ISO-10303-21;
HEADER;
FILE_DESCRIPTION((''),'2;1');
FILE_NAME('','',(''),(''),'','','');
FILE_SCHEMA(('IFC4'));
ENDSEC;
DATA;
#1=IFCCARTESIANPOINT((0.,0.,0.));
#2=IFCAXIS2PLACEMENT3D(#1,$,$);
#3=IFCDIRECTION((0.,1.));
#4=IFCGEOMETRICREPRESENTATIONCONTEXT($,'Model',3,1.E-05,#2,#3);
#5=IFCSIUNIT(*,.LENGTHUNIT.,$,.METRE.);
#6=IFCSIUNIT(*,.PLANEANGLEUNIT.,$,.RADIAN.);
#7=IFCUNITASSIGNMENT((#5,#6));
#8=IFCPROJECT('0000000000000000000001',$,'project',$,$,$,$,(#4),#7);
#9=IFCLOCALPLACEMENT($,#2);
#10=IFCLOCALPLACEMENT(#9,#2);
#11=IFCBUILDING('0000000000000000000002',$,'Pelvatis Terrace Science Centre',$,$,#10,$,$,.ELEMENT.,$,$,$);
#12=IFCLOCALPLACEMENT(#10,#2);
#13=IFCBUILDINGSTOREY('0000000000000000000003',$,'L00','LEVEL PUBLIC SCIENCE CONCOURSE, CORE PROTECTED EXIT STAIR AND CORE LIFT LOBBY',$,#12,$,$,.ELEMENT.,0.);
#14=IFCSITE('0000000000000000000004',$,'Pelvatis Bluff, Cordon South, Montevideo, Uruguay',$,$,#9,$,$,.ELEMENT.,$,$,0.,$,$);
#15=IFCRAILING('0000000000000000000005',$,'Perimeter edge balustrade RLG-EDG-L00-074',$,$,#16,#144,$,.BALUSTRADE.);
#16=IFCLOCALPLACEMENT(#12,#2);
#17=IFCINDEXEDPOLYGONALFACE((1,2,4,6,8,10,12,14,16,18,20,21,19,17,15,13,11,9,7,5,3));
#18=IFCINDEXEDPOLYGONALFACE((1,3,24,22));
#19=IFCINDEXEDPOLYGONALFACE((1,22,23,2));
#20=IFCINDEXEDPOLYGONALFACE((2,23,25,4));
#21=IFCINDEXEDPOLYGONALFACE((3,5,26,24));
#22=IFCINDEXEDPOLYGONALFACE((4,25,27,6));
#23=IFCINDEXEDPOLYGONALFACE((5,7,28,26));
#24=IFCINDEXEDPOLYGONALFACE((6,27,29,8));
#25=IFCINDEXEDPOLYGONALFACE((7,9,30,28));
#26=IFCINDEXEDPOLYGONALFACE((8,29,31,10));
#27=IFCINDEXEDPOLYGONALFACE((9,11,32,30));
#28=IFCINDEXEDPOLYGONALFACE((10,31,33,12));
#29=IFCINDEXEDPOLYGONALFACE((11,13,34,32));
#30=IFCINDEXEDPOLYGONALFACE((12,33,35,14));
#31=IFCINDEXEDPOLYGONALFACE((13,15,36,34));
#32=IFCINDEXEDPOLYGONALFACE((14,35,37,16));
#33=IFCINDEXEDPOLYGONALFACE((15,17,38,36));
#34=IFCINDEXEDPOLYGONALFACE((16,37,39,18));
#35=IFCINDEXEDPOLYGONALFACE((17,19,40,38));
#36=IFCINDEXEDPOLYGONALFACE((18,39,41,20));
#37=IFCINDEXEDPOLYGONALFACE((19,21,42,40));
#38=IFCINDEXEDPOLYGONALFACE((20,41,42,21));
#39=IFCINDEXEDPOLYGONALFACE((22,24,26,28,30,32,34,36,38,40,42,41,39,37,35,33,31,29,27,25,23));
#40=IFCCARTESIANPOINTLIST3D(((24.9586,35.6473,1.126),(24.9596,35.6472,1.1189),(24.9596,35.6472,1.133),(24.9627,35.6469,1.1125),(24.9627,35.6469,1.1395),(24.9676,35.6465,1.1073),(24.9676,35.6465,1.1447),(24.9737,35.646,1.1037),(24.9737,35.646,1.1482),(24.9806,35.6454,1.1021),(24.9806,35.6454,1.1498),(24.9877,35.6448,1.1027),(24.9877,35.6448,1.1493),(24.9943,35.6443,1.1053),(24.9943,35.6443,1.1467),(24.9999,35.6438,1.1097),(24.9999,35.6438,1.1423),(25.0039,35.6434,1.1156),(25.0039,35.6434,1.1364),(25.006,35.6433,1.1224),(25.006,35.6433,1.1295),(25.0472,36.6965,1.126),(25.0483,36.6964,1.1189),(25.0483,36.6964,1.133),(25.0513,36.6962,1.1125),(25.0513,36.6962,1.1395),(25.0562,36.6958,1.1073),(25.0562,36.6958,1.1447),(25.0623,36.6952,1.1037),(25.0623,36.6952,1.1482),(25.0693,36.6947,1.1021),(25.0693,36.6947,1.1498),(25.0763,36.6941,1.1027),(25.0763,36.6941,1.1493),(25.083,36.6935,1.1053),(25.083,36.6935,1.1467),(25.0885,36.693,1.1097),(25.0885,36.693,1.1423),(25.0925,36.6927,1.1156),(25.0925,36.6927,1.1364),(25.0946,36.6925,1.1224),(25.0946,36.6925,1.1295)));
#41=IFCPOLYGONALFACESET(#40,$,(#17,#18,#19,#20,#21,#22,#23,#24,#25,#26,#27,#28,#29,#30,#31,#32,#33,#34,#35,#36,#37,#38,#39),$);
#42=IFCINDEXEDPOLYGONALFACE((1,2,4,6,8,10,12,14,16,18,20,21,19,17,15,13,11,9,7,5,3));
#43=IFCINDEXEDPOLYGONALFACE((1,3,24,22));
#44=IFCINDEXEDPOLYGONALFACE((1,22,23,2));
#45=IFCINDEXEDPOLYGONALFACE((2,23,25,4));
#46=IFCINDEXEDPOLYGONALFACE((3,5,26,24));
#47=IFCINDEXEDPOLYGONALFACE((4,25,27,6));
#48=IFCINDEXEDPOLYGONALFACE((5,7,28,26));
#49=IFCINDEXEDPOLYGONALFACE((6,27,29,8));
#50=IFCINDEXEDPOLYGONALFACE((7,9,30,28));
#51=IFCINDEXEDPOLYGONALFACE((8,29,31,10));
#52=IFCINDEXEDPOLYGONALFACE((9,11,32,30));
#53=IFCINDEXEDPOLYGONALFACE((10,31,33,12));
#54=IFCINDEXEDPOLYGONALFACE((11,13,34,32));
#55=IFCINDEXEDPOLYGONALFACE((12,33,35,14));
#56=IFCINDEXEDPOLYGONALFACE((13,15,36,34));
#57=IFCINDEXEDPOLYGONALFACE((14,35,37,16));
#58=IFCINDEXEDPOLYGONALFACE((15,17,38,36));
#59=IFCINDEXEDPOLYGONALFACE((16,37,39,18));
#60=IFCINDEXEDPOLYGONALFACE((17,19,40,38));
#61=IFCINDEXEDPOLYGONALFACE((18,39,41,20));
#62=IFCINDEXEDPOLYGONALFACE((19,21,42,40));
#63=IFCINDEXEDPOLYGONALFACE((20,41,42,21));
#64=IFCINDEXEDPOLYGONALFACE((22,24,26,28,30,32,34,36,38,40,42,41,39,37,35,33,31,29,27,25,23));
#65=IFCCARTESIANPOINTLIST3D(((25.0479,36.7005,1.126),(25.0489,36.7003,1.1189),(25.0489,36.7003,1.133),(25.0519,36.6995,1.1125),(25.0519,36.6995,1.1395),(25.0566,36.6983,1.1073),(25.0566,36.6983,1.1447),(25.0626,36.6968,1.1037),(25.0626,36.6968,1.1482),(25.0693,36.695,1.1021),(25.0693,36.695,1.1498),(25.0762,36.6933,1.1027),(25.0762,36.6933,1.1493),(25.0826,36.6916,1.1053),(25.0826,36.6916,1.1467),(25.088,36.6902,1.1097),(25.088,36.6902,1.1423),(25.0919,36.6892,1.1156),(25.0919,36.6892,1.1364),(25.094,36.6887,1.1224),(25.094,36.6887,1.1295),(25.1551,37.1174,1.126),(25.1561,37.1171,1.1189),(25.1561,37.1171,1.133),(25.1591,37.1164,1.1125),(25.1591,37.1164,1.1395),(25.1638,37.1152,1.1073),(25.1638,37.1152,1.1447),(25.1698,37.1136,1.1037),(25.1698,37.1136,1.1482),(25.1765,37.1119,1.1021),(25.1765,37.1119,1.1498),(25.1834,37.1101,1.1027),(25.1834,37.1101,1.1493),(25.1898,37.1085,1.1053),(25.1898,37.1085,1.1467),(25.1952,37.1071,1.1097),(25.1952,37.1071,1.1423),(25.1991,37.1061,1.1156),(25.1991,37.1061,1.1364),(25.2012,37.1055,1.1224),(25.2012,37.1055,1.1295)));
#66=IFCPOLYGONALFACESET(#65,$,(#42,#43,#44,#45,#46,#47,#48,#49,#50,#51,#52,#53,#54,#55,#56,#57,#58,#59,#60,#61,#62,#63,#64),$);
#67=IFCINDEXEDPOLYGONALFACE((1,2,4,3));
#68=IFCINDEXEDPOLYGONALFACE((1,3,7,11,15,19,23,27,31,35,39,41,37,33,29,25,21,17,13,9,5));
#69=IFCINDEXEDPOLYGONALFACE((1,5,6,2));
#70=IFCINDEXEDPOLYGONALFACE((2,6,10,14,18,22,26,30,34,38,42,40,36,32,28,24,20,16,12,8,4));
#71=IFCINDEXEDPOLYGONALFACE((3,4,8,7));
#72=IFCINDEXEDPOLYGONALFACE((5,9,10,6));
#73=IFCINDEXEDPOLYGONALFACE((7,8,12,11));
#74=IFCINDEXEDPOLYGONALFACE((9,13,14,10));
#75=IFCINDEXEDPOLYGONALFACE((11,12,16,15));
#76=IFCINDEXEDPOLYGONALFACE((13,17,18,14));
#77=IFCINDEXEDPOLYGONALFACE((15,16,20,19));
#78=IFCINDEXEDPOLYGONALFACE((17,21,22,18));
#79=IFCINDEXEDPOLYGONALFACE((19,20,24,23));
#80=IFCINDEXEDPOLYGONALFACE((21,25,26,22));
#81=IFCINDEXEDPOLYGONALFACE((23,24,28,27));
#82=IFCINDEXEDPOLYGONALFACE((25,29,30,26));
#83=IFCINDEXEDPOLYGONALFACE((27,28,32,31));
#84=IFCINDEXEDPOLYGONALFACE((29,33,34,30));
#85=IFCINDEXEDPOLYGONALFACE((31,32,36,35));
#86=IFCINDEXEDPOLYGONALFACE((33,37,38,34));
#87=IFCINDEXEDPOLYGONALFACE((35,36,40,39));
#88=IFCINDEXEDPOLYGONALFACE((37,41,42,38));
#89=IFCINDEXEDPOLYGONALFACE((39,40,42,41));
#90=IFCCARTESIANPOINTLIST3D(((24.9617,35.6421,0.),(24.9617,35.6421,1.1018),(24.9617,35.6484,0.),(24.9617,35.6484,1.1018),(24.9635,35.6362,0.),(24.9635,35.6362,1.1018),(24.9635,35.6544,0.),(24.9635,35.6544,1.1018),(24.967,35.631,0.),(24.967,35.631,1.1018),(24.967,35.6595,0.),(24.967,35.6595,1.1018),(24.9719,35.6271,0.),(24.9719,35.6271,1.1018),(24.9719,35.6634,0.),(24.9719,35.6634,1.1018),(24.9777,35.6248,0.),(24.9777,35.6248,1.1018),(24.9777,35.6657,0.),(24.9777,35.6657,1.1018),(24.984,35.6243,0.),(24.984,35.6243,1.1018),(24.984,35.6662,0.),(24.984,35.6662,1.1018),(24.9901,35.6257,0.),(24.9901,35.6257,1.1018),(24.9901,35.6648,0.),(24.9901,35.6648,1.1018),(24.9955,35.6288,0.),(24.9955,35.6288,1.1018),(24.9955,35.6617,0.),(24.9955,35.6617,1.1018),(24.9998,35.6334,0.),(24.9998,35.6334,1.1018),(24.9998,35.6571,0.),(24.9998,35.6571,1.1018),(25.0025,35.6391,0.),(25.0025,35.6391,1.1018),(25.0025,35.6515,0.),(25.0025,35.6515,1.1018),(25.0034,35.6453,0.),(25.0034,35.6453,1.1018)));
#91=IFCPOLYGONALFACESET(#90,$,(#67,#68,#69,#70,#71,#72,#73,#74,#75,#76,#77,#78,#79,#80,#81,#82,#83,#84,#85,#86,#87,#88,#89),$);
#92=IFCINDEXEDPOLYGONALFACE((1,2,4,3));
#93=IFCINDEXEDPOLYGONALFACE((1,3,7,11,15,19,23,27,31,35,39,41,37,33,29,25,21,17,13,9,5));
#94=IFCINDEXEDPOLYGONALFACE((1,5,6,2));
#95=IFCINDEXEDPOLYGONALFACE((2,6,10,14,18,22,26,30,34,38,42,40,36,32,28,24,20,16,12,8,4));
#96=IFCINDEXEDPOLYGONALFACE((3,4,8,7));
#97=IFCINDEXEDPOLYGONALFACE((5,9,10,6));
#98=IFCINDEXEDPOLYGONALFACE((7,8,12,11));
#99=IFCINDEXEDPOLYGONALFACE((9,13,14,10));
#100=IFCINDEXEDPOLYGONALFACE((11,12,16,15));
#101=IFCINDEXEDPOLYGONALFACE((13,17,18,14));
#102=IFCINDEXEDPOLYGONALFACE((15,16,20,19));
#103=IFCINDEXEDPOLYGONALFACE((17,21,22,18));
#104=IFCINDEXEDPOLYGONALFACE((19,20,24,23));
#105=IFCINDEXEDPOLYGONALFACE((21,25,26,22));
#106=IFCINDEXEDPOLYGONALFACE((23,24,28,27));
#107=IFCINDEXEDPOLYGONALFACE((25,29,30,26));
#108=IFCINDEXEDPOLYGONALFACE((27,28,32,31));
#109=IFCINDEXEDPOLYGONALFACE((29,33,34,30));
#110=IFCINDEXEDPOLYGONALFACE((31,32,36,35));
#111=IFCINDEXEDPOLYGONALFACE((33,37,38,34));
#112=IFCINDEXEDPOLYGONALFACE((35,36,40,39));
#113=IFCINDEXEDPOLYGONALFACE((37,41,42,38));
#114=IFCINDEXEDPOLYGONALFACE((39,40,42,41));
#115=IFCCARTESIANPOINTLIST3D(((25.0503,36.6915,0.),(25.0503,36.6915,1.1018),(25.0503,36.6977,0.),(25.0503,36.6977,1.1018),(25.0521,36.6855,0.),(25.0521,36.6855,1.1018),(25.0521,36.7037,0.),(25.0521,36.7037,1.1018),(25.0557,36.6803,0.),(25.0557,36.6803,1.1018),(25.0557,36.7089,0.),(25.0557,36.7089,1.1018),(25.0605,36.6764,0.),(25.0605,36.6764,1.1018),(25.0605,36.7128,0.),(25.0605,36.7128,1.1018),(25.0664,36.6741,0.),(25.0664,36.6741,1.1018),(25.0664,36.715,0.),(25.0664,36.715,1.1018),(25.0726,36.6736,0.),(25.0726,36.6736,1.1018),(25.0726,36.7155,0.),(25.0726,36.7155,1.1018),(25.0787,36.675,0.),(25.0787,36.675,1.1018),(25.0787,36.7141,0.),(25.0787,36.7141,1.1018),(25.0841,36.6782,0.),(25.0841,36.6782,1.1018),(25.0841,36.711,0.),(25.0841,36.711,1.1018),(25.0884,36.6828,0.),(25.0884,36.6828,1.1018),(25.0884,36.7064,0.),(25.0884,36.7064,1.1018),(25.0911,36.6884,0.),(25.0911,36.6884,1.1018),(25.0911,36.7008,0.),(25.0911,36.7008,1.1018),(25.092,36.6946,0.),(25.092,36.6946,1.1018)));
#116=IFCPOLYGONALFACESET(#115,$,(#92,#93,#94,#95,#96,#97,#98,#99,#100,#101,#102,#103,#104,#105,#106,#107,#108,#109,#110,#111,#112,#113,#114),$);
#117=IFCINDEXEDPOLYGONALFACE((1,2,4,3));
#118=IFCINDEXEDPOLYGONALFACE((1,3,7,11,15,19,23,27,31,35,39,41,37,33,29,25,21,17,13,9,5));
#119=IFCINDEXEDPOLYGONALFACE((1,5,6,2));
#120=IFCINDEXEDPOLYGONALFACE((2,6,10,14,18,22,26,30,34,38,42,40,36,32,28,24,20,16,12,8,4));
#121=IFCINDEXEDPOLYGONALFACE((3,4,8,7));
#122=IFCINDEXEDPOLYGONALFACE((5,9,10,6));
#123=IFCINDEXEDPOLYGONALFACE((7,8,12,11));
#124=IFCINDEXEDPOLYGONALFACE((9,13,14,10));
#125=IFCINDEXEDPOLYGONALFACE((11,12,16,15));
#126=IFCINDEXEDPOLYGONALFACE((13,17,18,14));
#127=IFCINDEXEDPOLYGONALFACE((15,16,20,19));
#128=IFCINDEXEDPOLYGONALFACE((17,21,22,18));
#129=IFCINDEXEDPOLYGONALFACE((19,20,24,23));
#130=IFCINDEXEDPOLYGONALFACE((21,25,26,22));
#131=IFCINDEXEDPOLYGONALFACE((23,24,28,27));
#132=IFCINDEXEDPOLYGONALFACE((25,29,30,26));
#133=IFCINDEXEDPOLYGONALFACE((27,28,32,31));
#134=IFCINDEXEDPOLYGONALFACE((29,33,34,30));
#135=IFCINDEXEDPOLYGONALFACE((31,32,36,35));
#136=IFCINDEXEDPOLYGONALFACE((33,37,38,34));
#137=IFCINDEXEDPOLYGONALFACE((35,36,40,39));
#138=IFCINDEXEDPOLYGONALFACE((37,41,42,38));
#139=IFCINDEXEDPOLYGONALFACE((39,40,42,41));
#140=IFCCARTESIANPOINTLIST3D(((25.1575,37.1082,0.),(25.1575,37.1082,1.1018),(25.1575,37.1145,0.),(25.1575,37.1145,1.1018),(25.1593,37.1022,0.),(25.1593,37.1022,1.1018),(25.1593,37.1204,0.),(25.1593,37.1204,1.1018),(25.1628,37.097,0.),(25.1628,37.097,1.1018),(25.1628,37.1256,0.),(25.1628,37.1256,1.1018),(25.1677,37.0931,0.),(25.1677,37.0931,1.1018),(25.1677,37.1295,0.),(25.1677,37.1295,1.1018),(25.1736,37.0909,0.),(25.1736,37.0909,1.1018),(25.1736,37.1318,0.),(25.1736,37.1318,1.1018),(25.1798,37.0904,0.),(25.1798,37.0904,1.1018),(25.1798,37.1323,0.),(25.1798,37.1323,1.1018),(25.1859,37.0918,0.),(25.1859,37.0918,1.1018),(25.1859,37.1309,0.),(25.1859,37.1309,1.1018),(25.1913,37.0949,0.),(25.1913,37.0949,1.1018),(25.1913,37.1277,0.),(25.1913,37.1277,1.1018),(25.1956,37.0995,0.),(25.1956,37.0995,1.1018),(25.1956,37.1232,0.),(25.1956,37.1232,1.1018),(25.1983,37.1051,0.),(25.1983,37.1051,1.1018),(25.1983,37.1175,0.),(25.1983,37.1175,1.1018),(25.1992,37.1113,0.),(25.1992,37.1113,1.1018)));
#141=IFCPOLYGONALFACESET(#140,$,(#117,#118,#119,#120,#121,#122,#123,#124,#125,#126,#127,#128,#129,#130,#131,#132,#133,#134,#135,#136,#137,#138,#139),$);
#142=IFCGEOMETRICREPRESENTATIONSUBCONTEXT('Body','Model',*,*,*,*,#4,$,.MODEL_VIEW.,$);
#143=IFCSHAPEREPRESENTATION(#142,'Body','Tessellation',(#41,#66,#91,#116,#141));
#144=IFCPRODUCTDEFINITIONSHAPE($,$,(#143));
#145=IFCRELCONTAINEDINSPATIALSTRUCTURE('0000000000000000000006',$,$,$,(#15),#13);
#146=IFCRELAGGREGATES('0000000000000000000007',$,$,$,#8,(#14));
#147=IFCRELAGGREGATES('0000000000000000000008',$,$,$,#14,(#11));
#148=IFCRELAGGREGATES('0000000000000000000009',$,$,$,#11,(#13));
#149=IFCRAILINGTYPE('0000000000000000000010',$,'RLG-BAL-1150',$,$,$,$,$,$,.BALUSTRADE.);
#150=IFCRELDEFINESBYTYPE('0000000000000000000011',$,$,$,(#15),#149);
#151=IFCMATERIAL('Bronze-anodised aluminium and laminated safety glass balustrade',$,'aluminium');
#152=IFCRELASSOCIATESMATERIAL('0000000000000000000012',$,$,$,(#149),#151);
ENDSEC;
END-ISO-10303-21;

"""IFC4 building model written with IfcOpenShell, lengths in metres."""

from ifc_helpers import new_model, si_unit, direction, frame, origin, origin_2d, place, context, subcontext, project, spatial, circle, extrude, material, type_object, element, save


model = new_model("IFC4")

# Units and contexts
model_context = context("Model", 3, precision=1e-05, world=origin(), true_north=direction((0.0, 1.0)))
body_context = subcontext(model_context, "Body", "Model", "MODEL_VIEW")
ifc_project = project(units=[si_unit("LENGTHUNIT", "METRE"), si_unit("PLANEANGLEUNIT", "RADIAN")], contexts=[model_context])

# Site, building, storey
site_placement = place(None, origin())
site = spatial("IfcSite", under=ifc_project, at=site_placement, Name="Pelvatis Bluff, Cordon South, Montevideo, Uruguay", CompositionType="ELEMENT", RefElevation=0.0)
building_placement = place(site_placement, origin())
building = spatial("IfcBuilding", under=site, at=building_placement, Name="Pelvatis Terrace Science Centre", CompositionType="ELEMENT")
storey_placement = place(building_placement, origin())
storey = spatial("IfcBuildingStorey", under=building, at=storey_placement, Name="L00", Description="LEVEL PUBLIC SCIENCE CONCOURSE, CORE PROTECTED EXIT STAIR AND CORE LIFT LOBBY", CompositionType="ELEMENT", Elevation=0.0)

# Railing
ifc_material_1 = material(Name="Bronze-anodised aluminium and laminated safety glass balustrade", Category="aluminium")
railing_type = type_object("IfcRailingType", Name="RLG-BAL-1150", PredefinedType="BALUSTRADE", material=ifc_material_1)
railing_placement = place(storey_placement, frame((24.9824, 35.6453, 0.0)))
element("IfcRailing", 1, at=railing_placement, inside=storey, type_object=railing_type, Name="Perimeter edge balustrade RLG-EDG-L00-074", PredefinedType="BALUSTRADE", context=body_context, shape_type="SweptSolid", body=[
    extrude(circle(Radius=0.0239, at=origin_2d()), frame((0.0, 0.0, 1.126), z_axis=(0.084158, 0.996452, 0.0), x_axis=(-0.996452, 0.084158, 0.0)), (0.0, 0.0, 1.0), 1.053),
    extrude(circle(Radius=0.0239, at=origin_2d()), frame((0.0886, 1.0493, 1.126), z_axis=(0.249071, 0.968485, 0.0), x_axis=(-0.968485, 0.249071, 0.0)), (0.0, 0.0, 1.0), 0.4304),
    extrude(circle(Radius=0.021, at=origin_2d()), origin(), (0.0, 0.0, 1.0), 1.1018),
    extrude(circle(Radius=0.021, at=origin_2d()), frame((0.0886, 1.0493, 0.0)), (0.0, 0.0, 1.0), 1.1018),
    extrude(circle(Radius=0.021, at=origin_2d()), frame((0.1958, 1.4661, 0.0)), (0.0, 0.0, 1.0), 1.1018),
])

save(model, "model.ifc")
